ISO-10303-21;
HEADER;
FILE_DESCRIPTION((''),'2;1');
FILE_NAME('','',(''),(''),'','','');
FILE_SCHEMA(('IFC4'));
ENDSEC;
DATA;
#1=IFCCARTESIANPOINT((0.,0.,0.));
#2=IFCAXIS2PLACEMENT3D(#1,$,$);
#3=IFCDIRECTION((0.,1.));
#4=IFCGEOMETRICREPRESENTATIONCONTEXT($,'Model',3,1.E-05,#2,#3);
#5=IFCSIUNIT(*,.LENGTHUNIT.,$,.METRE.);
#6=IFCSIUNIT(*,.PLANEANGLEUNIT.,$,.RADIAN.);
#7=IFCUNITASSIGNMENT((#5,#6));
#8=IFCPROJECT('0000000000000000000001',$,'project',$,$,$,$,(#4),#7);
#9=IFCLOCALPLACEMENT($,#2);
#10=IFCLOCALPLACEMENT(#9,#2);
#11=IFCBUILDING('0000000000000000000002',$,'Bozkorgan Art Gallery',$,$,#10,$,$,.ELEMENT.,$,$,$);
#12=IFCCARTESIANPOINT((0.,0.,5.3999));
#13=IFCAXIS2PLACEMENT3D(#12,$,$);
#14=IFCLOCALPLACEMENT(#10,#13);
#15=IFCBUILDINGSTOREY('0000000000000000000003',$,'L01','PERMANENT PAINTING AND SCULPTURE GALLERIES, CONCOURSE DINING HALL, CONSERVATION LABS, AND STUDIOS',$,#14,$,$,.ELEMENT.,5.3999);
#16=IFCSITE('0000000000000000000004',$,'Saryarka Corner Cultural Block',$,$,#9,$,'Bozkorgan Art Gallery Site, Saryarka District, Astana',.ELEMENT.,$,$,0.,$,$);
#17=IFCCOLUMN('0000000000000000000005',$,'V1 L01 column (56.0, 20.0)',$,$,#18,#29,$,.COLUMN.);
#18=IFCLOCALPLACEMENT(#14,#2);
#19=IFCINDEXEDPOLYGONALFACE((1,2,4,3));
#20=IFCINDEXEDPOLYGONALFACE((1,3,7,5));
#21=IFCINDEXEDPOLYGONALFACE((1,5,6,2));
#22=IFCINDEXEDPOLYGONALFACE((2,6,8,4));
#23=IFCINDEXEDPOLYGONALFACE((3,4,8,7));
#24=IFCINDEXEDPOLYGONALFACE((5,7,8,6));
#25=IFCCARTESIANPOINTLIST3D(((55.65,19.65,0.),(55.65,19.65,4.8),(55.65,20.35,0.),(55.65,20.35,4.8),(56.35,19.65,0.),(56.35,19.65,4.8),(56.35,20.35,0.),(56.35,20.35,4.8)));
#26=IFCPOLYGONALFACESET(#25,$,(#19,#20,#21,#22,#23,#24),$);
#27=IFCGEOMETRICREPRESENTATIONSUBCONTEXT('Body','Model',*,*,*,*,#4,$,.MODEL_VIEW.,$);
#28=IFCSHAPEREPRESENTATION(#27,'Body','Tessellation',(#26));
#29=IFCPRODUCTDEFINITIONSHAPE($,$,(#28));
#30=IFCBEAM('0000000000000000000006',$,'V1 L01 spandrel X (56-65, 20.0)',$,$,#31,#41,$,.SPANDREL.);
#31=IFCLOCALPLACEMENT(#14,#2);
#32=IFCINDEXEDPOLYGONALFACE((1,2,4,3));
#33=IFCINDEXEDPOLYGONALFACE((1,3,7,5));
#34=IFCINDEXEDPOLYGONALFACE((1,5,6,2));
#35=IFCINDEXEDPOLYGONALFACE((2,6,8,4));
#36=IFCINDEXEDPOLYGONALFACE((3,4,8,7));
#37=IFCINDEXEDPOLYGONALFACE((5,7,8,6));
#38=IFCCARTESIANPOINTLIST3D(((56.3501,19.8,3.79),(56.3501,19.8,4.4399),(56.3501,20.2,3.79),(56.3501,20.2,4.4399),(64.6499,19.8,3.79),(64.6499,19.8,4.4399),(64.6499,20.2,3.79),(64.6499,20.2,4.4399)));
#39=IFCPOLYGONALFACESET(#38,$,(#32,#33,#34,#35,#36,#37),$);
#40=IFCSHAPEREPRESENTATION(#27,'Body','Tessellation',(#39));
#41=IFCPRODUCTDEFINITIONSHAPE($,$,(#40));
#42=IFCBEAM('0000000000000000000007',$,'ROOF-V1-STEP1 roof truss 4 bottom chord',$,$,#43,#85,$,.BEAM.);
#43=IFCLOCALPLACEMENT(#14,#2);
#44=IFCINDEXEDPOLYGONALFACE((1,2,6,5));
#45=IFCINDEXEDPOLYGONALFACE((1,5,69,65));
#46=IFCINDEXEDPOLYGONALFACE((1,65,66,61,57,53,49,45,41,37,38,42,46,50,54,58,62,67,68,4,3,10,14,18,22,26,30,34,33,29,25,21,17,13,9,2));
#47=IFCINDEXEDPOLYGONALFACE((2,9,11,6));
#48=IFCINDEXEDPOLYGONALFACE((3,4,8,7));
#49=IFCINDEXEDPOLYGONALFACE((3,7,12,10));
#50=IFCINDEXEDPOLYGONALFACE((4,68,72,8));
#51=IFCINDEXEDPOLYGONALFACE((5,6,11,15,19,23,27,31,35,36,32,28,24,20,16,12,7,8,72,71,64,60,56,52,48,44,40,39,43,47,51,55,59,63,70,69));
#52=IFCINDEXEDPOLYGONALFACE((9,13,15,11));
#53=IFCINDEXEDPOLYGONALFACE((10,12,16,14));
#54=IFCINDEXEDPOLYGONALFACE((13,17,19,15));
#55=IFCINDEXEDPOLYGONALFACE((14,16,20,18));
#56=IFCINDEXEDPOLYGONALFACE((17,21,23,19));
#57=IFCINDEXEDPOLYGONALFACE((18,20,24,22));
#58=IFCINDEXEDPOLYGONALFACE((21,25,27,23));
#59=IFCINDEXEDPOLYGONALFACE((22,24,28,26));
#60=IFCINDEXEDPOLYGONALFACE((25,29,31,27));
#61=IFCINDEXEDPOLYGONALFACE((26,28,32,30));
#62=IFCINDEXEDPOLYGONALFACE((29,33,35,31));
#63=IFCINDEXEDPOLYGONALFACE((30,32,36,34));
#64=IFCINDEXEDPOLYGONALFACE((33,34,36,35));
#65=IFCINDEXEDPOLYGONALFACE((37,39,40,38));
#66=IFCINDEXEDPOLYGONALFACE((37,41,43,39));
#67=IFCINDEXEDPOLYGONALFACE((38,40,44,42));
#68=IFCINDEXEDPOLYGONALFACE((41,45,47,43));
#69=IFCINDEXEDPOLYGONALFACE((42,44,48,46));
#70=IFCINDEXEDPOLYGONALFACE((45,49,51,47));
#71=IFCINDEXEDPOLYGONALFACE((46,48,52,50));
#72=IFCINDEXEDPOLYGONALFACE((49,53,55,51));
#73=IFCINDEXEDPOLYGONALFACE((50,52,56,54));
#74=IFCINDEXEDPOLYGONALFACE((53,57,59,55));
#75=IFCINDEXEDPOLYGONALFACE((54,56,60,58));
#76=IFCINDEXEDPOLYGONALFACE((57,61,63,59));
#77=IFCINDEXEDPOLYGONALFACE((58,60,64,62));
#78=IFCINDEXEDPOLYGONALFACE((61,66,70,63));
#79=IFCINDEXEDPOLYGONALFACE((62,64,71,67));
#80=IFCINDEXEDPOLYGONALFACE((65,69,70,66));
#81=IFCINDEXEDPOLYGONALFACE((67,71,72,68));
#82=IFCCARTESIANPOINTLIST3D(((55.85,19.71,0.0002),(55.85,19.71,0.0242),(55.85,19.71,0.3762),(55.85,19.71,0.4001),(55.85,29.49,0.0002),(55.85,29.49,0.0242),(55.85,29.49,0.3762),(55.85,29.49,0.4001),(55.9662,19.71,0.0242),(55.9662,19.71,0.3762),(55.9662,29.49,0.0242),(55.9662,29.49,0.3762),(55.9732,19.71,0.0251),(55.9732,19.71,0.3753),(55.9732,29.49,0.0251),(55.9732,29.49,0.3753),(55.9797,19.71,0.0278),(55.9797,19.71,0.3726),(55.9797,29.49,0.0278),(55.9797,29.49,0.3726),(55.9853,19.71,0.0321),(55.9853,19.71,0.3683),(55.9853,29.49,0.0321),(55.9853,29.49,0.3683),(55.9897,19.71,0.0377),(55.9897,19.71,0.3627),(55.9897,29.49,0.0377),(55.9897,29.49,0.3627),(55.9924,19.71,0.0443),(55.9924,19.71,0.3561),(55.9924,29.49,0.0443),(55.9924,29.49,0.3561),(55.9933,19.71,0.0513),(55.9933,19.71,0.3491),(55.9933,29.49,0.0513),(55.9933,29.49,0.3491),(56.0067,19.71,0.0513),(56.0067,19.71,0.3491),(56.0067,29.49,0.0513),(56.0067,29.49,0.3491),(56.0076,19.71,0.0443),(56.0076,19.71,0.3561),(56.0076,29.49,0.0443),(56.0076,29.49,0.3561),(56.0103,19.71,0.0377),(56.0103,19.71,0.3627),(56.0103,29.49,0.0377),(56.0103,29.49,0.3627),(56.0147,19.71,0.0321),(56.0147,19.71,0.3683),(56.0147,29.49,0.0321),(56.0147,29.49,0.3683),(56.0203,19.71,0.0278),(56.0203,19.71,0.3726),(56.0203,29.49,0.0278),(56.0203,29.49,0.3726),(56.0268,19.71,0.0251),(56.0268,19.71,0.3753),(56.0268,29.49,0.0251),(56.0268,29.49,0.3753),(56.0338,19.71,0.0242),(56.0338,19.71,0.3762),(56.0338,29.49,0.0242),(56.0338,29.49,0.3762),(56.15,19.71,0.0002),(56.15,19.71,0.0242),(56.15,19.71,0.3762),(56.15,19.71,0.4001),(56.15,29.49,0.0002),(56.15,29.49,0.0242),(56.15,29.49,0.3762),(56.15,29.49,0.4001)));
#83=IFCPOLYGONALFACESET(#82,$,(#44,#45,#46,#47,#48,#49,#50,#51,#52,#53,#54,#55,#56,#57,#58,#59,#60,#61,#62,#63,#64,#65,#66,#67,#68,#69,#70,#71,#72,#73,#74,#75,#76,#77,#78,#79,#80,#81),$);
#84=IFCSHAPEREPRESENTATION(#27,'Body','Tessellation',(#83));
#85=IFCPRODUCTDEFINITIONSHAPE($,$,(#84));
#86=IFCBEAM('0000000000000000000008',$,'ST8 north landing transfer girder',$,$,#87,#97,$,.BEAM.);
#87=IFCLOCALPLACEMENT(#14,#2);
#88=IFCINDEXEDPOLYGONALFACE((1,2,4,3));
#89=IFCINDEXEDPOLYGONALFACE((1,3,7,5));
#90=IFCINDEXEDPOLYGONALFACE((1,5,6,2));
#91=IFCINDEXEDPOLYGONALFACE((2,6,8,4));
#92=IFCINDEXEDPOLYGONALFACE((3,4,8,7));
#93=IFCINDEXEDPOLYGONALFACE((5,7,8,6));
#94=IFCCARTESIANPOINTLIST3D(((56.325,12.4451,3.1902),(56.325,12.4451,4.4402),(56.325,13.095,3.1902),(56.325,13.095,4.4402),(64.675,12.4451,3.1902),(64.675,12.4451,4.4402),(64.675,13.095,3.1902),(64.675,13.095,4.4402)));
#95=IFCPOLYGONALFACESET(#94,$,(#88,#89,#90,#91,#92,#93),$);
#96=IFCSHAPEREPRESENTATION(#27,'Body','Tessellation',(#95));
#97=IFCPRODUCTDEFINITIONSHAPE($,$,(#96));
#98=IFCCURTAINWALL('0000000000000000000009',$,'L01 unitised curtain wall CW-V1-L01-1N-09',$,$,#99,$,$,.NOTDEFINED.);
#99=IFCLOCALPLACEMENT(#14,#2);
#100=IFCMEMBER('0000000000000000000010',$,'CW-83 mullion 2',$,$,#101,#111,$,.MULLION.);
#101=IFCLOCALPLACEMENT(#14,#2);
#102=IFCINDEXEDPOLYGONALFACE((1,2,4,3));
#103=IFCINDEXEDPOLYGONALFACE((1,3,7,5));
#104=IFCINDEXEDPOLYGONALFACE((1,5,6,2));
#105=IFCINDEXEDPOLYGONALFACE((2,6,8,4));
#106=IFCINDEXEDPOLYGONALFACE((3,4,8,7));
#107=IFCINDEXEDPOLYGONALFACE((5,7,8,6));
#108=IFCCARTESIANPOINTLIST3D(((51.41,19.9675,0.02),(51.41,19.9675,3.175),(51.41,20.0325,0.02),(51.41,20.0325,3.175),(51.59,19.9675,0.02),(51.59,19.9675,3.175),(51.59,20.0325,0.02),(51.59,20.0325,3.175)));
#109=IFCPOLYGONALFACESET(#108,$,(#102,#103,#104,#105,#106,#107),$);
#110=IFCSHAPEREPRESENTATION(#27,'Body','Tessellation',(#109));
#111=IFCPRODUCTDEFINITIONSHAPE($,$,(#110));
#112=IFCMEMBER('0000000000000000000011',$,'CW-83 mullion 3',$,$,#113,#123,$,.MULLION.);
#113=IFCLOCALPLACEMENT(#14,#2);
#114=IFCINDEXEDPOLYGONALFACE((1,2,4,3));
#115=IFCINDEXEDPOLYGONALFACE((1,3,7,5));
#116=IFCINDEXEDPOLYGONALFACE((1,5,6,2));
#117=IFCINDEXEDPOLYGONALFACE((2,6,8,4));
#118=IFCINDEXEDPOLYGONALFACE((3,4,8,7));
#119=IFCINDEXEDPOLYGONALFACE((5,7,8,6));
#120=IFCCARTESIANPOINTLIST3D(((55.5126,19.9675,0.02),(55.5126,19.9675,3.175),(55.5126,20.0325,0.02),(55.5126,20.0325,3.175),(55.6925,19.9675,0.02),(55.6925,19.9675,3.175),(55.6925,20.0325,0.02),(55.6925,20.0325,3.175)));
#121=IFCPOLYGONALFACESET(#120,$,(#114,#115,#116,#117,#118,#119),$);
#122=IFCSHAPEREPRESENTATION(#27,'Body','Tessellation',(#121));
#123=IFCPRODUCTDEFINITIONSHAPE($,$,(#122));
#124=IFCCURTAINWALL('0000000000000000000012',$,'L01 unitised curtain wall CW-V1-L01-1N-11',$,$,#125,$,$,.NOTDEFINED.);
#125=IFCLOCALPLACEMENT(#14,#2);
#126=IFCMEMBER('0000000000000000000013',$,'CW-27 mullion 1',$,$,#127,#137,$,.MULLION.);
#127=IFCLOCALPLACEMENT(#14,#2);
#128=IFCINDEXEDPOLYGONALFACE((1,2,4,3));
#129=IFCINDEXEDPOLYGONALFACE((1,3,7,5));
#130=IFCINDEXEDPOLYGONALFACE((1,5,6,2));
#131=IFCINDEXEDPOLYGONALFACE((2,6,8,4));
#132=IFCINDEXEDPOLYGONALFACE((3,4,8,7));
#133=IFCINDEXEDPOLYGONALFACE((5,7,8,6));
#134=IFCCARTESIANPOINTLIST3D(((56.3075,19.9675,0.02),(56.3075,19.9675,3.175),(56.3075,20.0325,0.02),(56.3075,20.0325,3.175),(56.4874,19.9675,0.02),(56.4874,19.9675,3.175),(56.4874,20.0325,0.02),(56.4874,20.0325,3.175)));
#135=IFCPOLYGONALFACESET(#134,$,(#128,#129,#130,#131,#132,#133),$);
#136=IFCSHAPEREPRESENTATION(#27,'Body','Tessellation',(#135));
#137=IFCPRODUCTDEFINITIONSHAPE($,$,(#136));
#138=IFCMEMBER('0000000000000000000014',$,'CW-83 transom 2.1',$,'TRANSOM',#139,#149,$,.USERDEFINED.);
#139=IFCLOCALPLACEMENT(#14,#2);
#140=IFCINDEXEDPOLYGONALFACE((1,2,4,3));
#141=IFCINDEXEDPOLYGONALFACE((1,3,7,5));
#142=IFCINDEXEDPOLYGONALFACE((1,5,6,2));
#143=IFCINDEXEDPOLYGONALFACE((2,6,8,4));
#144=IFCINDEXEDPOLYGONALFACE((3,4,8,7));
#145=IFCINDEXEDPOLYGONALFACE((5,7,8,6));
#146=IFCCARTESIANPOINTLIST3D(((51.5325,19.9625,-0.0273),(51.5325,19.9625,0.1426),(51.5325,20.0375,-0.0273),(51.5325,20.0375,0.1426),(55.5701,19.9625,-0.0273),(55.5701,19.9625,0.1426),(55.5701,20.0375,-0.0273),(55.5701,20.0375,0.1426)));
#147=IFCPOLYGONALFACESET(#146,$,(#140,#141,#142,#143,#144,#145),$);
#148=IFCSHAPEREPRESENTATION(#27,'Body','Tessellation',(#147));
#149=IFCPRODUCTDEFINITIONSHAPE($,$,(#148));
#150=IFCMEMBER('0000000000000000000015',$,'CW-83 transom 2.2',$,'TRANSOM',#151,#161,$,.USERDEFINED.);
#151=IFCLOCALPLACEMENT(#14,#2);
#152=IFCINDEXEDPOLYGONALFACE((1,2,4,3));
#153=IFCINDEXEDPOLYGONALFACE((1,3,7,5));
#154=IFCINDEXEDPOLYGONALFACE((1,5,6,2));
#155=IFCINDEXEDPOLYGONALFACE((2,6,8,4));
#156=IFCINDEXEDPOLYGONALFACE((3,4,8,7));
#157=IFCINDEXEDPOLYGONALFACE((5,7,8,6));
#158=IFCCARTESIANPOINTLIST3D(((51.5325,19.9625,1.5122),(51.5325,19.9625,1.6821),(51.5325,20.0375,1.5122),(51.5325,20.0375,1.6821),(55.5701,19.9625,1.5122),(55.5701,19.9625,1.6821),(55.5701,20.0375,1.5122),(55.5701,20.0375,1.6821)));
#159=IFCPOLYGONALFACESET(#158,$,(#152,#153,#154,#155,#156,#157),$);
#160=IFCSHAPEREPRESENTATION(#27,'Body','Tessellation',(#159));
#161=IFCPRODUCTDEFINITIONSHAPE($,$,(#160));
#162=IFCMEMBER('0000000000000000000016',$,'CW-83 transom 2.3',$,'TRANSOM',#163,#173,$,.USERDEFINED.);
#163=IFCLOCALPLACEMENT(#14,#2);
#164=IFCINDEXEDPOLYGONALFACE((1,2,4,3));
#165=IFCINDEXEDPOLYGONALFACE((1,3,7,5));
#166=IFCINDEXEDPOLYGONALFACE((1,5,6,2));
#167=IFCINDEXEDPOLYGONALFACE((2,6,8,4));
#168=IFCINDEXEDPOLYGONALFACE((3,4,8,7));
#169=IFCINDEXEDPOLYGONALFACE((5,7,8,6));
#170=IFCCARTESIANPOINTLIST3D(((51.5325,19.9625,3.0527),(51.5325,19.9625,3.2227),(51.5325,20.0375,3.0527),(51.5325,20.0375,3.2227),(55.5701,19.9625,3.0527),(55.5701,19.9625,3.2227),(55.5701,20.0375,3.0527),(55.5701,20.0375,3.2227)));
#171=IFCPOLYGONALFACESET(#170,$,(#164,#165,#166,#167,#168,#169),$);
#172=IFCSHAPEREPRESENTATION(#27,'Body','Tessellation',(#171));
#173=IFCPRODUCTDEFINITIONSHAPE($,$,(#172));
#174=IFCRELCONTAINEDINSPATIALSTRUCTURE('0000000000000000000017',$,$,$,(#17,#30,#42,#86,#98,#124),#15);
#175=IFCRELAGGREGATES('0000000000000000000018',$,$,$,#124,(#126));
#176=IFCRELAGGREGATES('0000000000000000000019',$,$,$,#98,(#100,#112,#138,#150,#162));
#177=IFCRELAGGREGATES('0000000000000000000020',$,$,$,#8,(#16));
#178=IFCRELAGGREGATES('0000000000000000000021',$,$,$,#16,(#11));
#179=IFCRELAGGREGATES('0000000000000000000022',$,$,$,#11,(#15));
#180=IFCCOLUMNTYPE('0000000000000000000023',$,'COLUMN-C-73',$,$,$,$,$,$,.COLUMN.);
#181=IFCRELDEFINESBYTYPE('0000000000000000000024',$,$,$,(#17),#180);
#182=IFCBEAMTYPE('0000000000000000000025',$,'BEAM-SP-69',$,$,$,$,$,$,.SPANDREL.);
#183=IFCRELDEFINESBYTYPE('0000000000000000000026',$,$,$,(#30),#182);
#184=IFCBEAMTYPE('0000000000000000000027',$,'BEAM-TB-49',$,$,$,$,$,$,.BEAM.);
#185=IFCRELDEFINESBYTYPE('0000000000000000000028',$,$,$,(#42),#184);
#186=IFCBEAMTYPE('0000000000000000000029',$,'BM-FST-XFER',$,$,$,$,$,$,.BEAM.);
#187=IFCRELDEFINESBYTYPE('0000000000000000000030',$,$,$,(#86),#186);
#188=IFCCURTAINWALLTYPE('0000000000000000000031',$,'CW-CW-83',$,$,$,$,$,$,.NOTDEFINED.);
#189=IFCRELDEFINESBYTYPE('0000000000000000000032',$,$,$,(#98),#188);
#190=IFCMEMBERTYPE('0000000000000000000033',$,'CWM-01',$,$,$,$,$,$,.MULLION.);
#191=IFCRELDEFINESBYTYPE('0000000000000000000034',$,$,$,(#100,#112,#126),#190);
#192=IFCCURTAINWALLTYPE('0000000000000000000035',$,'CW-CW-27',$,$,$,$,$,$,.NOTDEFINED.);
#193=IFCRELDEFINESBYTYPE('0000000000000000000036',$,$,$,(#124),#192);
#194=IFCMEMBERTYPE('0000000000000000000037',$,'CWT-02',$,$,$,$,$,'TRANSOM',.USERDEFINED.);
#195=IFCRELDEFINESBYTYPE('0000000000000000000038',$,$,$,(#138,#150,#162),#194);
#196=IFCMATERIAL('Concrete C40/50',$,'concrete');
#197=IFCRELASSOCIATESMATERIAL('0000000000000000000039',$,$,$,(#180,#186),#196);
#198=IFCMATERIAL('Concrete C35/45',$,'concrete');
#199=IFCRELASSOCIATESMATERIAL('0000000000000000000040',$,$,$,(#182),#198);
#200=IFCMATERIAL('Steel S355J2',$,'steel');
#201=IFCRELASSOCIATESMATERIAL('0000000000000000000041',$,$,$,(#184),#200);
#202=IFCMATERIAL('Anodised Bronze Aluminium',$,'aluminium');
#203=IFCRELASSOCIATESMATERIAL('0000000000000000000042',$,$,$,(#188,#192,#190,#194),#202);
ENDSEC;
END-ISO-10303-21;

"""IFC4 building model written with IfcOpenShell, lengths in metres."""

from ifc_helpers import new_model, si_unit, direction, frame, origin, origin_2d, place, context, subcontext, project, spatial, rectangle, i_section, extrude, material, material_profile, profile_set, type_object, element, aggregate, save


model = new_model("IFC4")

# Units and contexts
model_context = context("Model", 3, precision=1e-05, world=origin(), true_north=direction((0.0, 1.0)))
body_context = subcontext(model_context, "Body", "Model", "MODEL_VIEW")
ifc_project = project(units=[si_unit("LENGTHUNIT", "METRE"), si_unit("PLANEANGLEUNIT", "RADIAN")], contexts=[model_context])

# Site, building, storey
site_placement = place(None, origin())
site = spatial("IfcSite", under=ifc_project, at=site_placement, Name="Saryarka Corner Cultural Block", LongName="Bozkorgan Art Gallery Site, Saryarka District, Astana", CompositionType="ELEMENT", RefElevation=0.0)
building_placement = place(site_placement, origin())
building = spatial("IfcBuilding", under=site, at=building_placement, Name="Bozkorgan Art Gallery", CompositionType="ELEMENT")
storey_placement = place(building_placement, frame((0.0, 0.0, 5.3999)))
storey = spatial("IfcBuildingStorey", under=building, at=storey_placement, Name="L01", Description="PERMANENT PAINTING AND SCULPTURE GALLERIES, CONCOURSE DINING HALL, CONSERVATION LABS, AND STUDIOS", CompositionType="ELEMENT", Elevation=5.3999)

# Column
ifc_material_1 = material(Name="Concrete C40/50", Category="concrete")
ifc_material_profile_1 = material_profile(ifc_material_1, rectangle(XDim=0.7, YDim=0.7, at=origin_2d()), Name="RC 700x700")
ifc_profile_set_1 = profile_set([ifc_material_profile_1], Name="Concrete C40/50")
column_type = type_object("IfcColumnType", Name="COLUMN-C-73", PredefinedType="COLUMN", material=ifc_profile_set_1)
column_placement = place(storey_placement, frame((56.0, 20.0, 0.0), z_axis=(0.0, 0.0, 1.0), x_axis=(1.0, 0.0, 0.0)))
element("IfcColumn", 1, at=column_placement, inside=storey, type_object=column_type, Name="V1 L01 column (56.0, 20.0)", PredefinedType="COLUMN", context=body_context, shape_type="SweptSolid", body=[
    extrude(rectangle(XDim=0.7, YDim=0.7, at=origin_2d()), origin(), (0.0, 0.0, 1.0), 4.8),
])

# Beams
ifc_material_2 = material(Name="Concrete C35/45", Category="concrete")
ifc_material_profile_2 = material_profile(ifc_material_2, rectangle(XDim=0.3999, YDim=0.6499, at=origin_2d()), Name="RC 400x650")
ifc_profile_set_2 = profile_set([ifc_material_profile_2], Name="Concrete C35/45")
beam_type_1 = type_object("IfcBeamType", Name="BEAM-SP-69", PredefinedType="SPANDREL", material=ifc_profile_set_2)
beam_1_placement = place(storey_placement, frame((56.3501, 20.0, 4.115), z_axis=(1.0, 0.0, 0.0), x_axis=(0.0, 1.0, 0.0)))
element("IfcBeam", 2, at=beam_1_placement, inside=storey, type_object=beam_type_1, Name="V1 L01 spandrel X (56-65, 20.0)", PredefinedType="SPANDREL", context=body_context, shape_type="SweptSolid", body=[
    extrude(rectangle(XDim=0.3999, YDim=0.6499, at=origin_2d()), origin(), (0.0, 0.0, 1.0), 8.2998),
])
ifc_material_3 = material(Name="Steel S355J2", Category="steel")
ifc_material_profile_3 = material_profile(ifc_material_3, i_section(OverallWidth=0.3, OverallDepth=0.3999, WebThickness=0.0134, FlangeThickness=0.0239, FilletRadius=0.0271, at=origin_2d()), Name="HEB 400")
ifc_profile_set_3 = profile_set([ifc_material_profile_3], Name="Steel S355J2")
beam_type_2 = type_object("IfcBeamType", Name="BEAM-TB-49", PredefinedType="BEAM", material=ifc_profile_set_3)
beam_2_placement = place(storey_placement, frame((56.0, 19.71, 0.2002), z_axis=(0.0, 1.0, 0.0), x_axis=(-1.0, 0.0, 0.0)))
element("IfcBeam", 3, at=beam_2_placement, inside=storey, type_object=beam_type_2, Name="ROOF-V1-STEP1 roof truss 4 bottom chord", PredefinedType="BEAM", context=body_context, shape_type="SweptSolid", body=[
    extrude(i_section(OverallWidth=0.3, OverallDepth=0.3999, WebThickness=0.0134, FlangeThickness=0.0239, FilletRadius=0.0271, at=origin_2d()), origin(), (0.0, 0.0, 1.0), 9.78),
])
ifc_material_profile_4 = material_profile(ifc_material_1, rectangle(XDim=0.6499, YDim=1.25, at=origin_2d()), Name="RC 650x1250")
ifc_profile_set_4 = profile_set([ifc_material_profile_4], Name="Concrete C40/50")
beam_type_3 = type_object("IfcBeamType", Name="BM-FST-XFER", PredefinedType="BEAM", material=ifc_profile_set_4)
beam_3_placement = place(storey_placement, frame((56.325, 12.77, 3.8152), z_axis=(1.0, 0.0, 0.0), x_axis=(0.0, 1.0, 0.0)))
element("IfcBeam", 4, at=beam_3_placement, inside=storey, type_object=beam_type_3, Name="ST8 north landing transfer girder", PredefinedType="BEAM", context=body_context, shape_type="SweptSolid", body=[
    extrude(rectangle(XDim=0.6499, YDim=1.25, at=origin_2d()), origin(), (0.0, 0.0, 1.0), 8.3501),
])

# Curtain wall, members
ifc_material_4 = material(Name="Anodised Bronze Aluminium", Category="aluminium")
curtain_wall_type_1 = type_object("IfcCurtainWallType", Name="CW-CW-83", PredefinedType="NOTDEFINED", material=ifc_material_4)
curtain_wall_1_placement = place(storey_placement, origin())
curtain_wall_1 = element("IfcCurtainWall", 5, at=curtain_wall_1_placement, inside=storey, type_object=curtain_wall_type_1, Name="L01 unitised curtain wall CW-V1-L01-1N-09", PredefinedType="NOTDEFINED")
ifc_material_profile_5 = material_profile(ifc_material_4, rectangle(XDim=0.0649, YDim=0.1799, at=origin_2d()), Name="ALU MULLION 65x180")
ifc_profile_set_5 = profile_set([ifc_material_profile_5], Name="Anodised Bronze Aluminium")
member_type_1 = type_object("IfcMemberType", Name="CWM-01", PredefinedType="MULLION", material=ifc_profile_set_5)
member_1_placement = place(storey_placement, frame((51.5, 20.0, 0.02), z_axis=(0.0, 0.0, 1.0), x_axis=(0.0, 1.0, 0.0)))
member_1 = element("IfcMember", 6, at=member_1_placement, type_object=member_type_1, Name="CW-83 mullion 2", PredefinedType="MULLION", context=body_context, shape_type="SweptSolid", body=[
    extrude(rectangle(XDim=0.0649, YDim=0.1799, at=origin_2d()), origin(), (0.0, 0.0, 1.0), 3.155),
])
member_2_placement = place(storey_placement, frame((55.6025, 20.0, 0.02), z_axis=(0.0, 0.0, 1.0), x_axis=(0.0, 1.0, 0.0)))
member_2 = element("IfcMember", 7, at=member_2_placement, type_object=member_type_1, Name="CW-83 mullion 3", PredefinedType="MULLION", context=body_context, shape_type="SweptSolid", body=[
    extrude(rectangle(XDim=0.0649, YDim=0.1799, at=origin_2d()), origin(), (0.0, 0.0, 1.0), 3.155),
])

# Curtain wall, member
curtain_wall_type_2 = type_object("IfcCurtainWallType", Name="CW-CW-27", PredefinedType="NOTDEFINED", material=ifc_material_4)
curtain_wall_2_placement = place(storey_placement, origin())
curtain_wall_2 = element("IfcCurtainWall", 8, at=curtain_wall_2_placement, inside=storey, type_object=curtain_wall_type_2, Name="L01 unitised curtain wall CW-V1-L01-1N-11", PredefinedType="NOTDEFINED")
member_3_placement = place(storey_placement, frame((56.3975, 20.0, 0.02), z_axis=(0.0, 0.0, 1.0), x_axis=(0.0, 1.0, 0.0)))
member_3 = element("IfcMember", 9, at=member_3_placement, type_object=member_type_1, Name="CW-27 mullion 1", PredefinedType="MULLION", context=body_context, shape_type="SweptSolid", body=[
    extrude(rectangle(XDim=0.0649, YDim=0.1799, at=origin_2d()), origin(), (0.0, 0.0, 1.0), 3.155),
])
aggregate(curtain_wall_2, [member_3])

# Members
ifc_material_profile_6 = material_profile(ifc_material_4, rectangle(XDim=0.075, YDim=0.1699, at=origin_2d()), Name="ALU TRANSOM 75x170")
ifc_profile_set_6 = profile_set([ifc_material_profile_6], Name="Anodised Bronze Aluminium")
member_type_2 = type_object("IfcMemberType", Name="CWT-02", ElementType="TRANSOM", PredefinedType="USERDEFINED", material=ifc_profile_set_6)
member_4_placement = place(storey_placement, frame((51.5325, 20.0, 0.0576), z_axis=(1.0, 0.0, 0.0), x_axis=(0.0, 1.0, 0.0)))
member_4 = element("IfcMember", 10, at=member_4_placement, type_object=member_type_2, Name="CW-83 transom 2.1", ObjectType="TRANSOM", PredefinedType="USERDEFINED", context=body_context, shape_type="SweptSolid", body=[
    extrude(rectangle(XDim=0.075, YDim=0.1699, at=origin_2d()), origin(), (0.0, 0.0, 1.0), 4.0376),
])
member_5_placement = place(storey_placement, frame((51.5325, 20.0, 1.5972), z_axis=(1.0, 0.0, 0.0), x_axis=(0.0, 1.0, 0.0)))
member_5 = element("IfcMember", 11, at=member_5_placement, type_object=member_type_2, Name="CW-83 transom 2.2", ObjectType="TRANSOM", PredefinedType="USERDEFINED", context=body_context, shape_type="SweptSolid", body=[
    extrude(rectangle(XDim=0.075, YDim=0.1699, at=origin_2d()), origin(), (0.0, 0.0, 1.0), 4.0376),
])
member_6_placement = place(storey_placement, frame((51.5325, 20.0, 3.1377), z_axis=(1.0, 0.0, 0.0), x_axis=(0.0, 1.0, 0.0)))
member_6 = element("IfcMember", 12, at=member_6_placement, type_object=member_type_2, Name="CW-83 transom 2.3", ObjectType="TRANSOM", PredefinedType="USERDEFINED", context=body_context, shape_type="SweptSolid", body=[
    extrude(rectangle(XDim=0.075, YDim=0.1699, at=origin_2d()), origin(), (0.0, 0.0, 1.0), 4.0376),
])

aggregate(curtain_wall_1, [member_1, member_2, member_4, member_5, member_6])

save(model, "model.ifc")
